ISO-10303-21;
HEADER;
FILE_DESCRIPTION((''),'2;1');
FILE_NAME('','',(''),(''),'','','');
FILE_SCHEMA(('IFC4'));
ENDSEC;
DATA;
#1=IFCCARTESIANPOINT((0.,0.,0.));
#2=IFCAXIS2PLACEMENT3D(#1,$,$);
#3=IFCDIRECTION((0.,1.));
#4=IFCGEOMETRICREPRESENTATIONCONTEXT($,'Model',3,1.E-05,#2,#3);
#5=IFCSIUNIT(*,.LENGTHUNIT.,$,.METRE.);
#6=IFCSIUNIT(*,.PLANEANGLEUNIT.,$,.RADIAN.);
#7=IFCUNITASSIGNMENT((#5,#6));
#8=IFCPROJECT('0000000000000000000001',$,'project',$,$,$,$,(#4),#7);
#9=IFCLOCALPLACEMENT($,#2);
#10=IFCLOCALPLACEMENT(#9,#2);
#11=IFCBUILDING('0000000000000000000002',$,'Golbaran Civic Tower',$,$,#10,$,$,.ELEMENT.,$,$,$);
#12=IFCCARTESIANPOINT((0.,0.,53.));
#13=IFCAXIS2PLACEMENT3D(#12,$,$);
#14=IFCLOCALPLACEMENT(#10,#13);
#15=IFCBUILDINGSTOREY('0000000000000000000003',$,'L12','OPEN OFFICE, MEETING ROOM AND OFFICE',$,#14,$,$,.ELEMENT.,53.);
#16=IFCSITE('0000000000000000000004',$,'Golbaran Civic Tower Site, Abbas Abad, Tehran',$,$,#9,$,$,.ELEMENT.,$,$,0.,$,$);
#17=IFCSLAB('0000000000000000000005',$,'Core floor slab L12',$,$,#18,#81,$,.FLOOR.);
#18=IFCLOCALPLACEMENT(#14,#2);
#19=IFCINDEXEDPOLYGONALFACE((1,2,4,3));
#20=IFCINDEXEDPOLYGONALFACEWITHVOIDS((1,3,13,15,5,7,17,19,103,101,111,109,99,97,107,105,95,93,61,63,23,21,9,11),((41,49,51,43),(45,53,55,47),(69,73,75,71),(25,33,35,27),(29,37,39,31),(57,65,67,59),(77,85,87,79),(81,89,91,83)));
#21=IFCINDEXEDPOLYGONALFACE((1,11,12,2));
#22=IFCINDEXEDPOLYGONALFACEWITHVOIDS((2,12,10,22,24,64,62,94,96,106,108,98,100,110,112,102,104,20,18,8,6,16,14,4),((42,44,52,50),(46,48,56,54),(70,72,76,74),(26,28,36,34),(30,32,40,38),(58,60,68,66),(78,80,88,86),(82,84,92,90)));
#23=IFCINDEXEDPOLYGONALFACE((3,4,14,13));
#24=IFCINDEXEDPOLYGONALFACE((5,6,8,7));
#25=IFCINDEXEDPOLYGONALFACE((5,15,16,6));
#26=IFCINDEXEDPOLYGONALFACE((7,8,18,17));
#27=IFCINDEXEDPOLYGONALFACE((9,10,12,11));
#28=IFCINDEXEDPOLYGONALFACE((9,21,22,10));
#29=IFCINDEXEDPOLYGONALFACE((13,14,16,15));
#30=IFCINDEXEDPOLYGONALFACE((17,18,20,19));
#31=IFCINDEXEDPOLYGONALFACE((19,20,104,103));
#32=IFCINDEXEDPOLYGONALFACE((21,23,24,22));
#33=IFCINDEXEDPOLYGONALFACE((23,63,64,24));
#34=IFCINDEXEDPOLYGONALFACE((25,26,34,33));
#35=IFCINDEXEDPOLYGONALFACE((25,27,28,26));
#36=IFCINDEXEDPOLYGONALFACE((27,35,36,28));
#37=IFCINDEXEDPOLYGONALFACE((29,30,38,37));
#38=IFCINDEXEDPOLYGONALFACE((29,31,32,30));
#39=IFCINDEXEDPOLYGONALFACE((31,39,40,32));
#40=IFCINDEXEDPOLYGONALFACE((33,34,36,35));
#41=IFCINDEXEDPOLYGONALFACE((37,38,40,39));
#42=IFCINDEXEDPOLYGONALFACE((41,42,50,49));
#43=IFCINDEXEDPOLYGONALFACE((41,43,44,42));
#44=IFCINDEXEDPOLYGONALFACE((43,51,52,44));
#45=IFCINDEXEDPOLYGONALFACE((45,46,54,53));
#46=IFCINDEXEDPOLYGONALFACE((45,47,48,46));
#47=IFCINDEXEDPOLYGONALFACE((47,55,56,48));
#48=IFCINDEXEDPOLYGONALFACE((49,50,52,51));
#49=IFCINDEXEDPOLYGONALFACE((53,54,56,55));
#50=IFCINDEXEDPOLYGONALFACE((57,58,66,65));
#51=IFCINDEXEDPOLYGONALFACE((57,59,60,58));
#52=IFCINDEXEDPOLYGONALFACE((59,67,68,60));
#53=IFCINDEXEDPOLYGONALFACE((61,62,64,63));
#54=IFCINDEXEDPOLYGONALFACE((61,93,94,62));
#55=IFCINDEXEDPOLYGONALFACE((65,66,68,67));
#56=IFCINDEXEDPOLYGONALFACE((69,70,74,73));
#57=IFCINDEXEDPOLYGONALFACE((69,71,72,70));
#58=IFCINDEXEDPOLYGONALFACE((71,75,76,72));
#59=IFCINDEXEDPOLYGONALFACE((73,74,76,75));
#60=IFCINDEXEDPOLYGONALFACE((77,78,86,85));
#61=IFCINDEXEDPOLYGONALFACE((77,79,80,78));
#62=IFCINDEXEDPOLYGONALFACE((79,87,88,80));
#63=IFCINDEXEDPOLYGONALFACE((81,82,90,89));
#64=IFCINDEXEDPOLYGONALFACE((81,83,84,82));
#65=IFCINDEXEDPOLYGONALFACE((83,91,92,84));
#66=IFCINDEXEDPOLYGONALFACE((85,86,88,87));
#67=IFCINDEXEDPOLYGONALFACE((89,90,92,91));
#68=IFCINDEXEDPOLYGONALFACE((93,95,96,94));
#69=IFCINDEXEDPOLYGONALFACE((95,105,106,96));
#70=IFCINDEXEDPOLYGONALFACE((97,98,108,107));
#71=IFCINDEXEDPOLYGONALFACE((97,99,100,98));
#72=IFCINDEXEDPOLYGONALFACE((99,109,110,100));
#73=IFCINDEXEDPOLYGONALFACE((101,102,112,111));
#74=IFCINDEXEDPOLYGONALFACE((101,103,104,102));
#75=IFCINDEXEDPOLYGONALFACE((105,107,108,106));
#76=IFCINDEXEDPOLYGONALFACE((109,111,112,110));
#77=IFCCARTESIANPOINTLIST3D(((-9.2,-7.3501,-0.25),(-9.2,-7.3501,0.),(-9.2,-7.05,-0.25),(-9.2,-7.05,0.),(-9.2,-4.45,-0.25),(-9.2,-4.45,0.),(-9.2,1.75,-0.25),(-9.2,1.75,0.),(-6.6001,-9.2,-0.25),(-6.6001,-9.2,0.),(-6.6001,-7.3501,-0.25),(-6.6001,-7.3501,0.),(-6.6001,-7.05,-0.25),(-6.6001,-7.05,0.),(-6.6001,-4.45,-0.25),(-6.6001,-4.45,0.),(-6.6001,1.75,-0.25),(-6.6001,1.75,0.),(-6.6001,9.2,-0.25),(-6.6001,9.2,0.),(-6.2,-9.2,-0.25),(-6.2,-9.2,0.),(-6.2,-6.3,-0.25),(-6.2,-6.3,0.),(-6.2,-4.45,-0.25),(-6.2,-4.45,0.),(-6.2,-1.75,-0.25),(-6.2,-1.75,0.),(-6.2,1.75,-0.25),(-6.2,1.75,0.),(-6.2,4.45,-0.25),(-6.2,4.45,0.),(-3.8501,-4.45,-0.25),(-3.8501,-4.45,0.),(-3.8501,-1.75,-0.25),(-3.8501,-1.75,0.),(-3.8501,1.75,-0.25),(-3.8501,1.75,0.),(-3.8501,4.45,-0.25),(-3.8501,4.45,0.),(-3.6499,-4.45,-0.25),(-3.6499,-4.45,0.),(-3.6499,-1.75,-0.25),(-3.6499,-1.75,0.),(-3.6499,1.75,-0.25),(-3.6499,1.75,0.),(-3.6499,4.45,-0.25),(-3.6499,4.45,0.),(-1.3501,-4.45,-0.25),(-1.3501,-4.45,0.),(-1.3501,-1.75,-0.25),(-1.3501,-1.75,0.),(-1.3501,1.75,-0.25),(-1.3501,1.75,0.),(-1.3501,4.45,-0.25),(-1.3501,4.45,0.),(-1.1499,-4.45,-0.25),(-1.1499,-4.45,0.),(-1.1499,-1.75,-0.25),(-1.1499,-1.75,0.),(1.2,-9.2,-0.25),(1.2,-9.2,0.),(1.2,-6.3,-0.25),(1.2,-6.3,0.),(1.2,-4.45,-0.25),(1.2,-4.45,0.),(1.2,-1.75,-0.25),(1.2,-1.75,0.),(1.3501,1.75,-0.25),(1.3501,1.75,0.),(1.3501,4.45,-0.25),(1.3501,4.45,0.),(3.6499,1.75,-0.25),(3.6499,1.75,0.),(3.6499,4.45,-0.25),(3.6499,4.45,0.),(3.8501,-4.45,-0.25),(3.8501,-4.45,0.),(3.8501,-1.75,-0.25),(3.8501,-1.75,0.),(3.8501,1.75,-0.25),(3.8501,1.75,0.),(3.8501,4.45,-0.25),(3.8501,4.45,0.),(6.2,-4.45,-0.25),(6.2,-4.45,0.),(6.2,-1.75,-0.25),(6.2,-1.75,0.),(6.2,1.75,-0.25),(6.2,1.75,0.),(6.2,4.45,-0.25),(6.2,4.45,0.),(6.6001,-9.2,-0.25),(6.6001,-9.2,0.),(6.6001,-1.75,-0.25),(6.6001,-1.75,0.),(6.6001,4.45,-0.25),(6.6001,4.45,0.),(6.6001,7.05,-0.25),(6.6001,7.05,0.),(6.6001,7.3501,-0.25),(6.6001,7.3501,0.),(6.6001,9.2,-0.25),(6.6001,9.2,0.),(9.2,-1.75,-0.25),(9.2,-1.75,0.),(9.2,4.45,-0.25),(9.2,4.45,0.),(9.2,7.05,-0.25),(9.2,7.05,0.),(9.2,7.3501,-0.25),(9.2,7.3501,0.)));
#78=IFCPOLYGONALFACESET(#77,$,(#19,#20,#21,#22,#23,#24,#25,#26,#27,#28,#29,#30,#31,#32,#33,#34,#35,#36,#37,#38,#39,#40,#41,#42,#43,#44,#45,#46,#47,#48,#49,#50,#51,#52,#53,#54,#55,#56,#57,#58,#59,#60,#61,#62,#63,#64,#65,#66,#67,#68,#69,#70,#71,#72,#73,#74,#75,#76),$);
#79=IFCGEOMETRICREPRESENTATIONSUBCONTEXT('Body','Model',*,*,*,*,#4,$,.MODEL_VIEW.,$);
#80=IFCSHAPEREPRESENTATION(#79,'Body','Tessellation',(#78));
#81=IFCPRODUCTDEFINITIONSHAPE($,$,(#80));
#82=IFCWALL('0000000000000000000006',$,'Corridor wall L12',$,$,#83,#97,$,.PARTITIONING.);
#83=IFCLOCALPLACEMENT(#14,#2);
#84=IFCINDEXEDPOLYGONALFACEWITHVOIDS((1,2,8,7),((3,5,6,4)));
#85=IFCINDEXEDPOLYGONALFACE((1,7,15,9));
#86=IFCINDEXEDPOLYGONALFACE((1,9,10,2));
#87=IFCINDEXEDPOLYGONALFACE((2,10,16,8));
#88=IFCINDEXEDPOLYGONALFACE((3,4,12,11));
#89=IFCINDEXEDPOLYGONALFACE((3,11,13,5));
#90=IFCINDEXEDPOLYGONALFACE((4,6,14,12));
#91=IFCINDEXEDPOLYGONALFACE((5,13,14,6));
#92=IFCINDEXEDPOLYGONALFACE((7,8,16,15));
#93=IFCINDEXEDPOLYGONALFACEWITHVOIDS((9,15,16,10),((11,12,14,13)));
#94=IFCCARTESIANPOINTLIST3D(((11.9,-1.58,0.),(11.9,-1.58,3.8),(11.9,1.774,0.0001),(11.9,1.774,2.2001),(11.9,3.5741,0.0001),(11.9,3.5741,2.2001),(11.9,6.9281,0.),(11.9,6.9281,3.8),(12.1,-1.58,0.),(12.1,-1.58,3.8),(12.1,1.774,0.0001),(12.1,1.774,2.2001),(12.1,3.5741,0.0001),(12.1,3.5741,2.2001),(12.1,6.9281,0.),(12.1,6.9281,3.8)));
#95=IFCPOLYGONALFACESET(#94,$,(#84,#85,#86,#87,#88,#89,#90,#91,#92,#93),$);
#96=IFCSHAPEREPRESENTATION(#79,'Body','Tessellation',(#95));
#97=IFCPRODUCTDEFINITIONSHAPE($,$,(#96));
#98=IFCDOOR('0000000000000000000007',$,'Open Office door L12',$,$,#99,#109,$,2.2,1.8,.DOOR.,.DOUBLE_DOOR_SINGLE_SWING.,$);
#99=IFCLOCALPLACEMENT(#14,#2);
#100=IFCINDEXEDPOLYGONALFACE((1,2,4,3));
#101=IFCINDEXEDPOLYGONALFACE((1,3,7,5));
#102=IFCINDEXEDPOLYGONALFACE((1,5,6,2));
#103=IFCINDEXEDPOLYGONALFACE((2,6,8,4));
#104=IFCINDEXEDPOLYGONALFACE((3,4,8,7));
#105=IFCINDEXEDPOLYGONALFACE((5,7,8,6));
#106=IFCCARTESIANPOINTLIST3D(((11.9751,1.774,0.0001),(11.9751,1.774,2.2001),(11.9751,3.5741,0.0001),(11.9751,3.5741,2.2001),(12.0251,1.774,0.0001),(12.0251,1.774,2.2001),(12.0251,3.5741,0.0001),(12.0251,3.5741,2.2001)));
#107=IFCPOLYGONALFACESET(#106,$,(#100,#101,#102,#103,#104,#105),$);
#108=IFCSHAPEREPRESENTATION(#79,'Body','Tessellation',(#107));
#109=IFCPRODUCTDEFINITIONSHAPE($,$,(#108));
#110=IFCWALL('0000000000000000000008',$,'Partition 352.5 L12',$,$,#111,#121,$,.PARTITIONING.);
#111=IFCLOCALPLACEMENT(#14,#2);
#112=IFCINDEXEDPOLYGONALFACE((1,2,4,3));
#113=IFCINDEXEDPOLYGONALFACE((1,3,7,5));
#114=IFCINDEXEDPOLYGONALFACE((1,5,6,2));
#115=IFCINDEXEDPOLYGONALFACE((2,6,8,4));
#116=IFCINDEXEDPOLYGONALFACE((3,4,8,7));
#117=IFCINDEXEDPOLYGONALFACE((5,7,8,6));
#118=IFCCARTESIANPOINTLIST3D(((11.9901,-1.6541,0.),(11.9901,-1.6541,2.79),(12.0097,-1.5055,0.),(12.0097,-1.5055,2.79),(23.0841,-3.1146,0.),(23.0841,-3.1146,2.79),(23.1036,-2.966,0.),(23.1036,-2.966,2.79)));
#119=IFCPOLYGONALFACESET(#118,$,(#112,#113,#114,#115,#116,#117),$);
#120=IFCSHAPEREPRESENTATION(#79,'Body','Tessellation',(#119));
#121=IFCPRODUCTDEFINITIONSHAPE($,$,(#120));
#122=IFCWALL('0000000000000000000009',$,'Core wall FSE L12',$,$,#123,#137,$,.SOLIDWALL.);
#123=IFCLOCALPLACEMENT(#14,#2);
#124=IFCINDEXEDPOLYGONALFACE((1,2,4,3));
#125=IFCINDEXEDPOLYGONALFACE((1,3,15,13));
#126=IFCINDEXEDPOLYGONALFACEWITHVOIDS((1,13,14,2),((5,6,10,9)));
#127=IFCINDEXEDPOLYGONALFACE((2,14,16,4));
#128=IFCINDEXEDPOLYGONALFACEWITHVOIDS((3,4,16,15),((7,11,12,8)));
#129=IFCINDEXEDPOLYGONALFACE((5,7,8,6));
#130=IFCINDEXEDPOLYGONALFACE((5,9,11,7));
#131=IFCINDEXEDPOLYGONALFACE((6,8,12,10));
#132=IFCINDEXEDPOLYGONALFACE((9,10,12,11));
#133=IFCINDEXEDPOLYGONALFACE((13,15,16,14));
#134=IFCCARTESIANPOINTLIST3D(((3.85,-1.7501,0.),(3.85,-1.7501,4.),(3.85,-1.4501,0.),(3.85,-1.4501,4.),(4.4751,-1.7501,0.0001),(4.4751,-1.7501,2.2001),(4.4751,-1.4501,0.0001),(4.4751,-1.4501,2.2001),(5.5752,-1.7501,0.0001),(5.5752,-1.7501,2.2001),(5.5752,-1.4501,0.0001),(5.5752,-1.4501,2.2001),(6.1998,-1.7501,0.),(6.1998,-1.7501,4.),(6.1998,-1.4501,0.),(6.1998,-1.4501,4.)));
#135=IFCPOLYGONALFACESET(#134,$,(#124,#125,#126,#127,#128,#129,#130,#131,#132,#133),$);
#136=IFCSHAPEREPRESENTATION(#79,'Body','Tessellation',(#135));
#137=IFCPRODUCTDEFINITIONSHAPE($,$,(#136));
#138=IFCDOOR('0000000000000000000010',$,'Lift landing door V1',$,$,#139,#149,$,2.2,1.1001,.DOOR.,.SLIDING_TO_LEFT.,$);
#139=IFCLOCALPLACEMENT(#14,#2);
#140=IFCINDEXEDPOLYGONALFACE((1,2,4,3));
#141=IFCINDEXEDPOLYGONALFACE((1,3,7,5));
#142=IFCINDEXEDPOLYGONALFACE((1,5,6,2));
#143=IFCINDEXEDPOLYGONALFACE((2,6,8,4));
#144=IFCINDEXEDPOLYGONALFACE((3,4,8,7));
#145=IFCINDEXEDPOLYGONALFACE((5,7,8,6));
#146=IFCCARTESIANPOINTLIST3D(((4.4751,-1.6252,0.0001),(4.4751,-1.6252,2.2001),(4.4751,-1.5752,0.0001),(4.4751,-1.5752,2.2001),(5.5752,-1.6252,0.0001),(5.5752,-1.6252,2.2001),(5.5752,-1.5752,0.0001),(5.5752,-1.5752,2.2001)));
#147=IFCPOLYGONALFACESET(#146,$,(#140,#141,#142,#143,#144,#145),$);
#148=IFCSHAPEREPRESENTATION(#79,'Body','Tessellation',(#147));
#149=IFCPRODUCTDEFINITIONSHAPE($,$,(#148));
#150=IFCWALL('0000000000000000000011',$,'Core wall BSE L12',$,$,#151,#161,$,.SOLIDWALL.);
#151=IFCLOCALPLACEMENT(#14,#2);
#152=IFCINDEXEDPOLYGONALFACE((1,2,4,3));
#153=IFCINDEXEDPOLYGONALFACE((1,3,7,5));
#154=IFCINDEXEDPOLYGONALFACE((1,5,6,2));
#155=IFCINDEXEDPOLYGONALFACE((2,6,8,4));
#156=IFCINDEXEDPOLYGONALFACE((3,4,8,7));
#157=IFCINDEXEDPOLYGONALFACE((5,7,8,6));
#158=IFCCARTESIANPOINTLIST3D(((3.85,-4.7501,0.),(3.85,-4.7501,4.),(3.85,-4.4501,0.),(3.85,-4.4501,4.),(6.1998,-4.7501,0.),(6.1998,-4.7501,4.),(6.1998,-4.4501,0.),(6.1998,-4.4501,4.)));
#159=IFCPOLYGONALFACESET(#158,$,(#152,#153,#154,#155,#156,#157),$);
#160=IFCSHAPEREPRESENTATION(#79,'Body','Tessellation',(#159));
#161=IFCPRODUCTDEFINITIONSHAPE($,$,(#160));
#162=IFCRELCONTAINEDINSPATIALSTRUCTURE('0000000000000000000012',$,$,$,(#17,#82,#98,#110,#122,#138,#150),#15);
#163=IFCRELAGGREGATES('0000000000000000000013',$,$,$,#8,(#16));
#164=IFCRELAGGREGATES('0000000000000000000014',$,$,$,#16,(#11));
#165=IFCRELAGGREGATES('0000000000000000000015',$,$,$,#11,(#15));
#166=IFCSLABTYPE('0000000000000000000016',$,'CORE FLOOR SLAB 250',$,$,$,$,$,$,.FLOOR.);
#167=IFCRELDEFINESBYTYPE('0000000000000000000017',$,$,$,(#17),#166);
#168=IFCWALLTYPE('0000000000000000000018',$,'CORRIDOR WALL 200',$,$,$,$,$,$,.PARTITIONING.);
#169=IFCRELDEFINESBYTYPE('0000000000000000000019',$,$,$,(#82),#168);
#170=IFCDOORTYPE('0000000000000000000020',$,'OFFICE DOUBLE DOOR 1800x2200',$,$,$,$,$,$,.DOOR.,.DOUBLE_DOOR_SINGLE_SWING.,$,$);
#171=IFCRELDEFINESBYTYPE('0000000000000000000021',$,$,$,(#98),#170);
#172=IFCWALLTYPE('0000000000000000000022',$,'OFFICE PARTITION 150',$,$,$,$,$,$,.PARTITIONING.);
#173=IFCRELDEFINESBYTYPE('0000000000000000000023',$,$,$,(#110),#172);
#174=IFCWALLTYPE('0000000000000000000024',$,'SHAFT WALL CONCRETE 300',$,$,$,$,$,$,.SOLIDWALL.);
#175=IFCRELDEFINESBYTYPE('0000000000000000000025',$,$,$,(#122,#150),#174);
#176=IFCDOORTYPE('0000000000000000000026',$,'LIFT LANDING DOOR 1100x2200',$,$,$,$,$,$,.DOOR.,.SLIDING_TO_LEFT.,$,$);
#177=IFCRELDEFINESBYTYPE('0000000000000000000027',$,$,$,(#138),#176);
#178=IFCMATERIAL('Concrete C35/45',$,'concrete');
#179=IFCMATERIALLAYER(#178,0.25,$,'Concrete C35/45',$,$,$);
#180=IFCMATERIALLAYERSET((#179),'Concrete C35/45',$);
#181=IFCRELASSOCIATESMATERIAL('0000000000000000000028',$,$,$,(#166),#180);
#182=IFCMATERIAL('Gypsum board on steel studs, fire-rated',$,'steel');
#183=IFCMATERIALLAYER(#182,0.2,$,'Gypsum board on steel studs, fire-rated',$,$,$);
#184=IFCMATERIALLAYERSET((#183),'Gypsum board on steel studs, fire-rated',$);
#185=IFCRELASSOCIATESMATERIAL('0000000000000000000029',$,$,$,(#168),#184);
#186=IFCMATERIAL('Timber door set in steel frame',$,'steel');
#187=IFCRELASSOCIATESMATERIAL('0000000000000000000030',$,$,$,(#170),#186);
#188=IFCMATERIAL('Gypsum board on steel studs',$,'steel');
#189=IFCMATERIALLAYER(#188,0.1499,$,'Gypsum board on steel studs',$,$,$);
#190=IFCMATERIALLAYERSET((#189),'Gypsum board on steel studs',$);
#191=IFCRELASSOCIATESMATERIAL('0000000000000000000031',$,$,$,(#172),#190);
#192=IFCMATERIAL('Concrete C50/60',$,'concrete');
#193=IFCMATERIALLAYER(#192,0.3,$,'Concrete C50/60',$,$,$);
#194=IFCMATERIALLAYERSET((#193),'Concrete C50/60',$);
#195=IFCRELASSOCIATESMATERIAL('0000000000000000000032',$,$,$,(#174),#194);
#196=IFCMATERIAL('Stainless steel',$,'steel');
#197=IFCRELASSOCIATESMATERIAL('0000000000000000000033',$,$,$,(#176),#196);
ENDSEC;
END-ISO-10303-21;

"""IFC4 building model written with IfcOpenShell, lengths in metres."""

from ifc_helpers import new_model, si_unit, direction, frame, frame_2d, origin, place, context, subcontext, project, spatial, polyline, rectangle, outline, extrude, material, layer, layer_set, type_object, element, fill, save


model = new_model("IFC4")

# Units and contexts
model_context = context("Model", 3, precision=1e-05, world=origin(), true_north=direction((0.0, 1.0)))
body_context = subcontext(model_context, "Body", "Model", "MODEL_VIEW")
ifc_project = project(units=[si_unit("LENGTHUNIT", "METRE"), si_unit("PLANEANGLEUNIT", "RADIAN")], contexts=[model_context])

# Site, building, storey
site_placement = place(None, origin())
site = spatial("IfcSite", under=ifc_project, at=site_placement, Name="Golbaran Civic Tower Site, Abbas Abad, Tehran", CompositionType="ELEMENT", RefElevation=0.0)
building_placement = place(site_placement, origin())
building = spatial("IfcBuilding", under=site, at=building_placement, Name="Golbaran Civic Tower", CompositionType="ELEMENT")
storey_placement = place(building_placement, frame((0.0, 0.0, 53.0)))
storey = spatial("IfcBuildingStorey", under=building, at=storey_placement, Name="L12", Description="OPEN OFFICE, MEETING ROOM AND OFFICE", CompositionType="ELEMENT", Elevation=53.0)

# Slab
ifc_material_1 = material(Name="Concrete C35/45", Category="concrete")
ifc_layer_1 = layer(ifc_material_1, 0.25, Name="Concrete C35/45")
ifc_layer_set_1 = layer_set([ifc_layer_1], Name="Concrete C35/45")
slab_type_1 = type_object("IfcSlabType", Name="CORE FLOOR SLAB 250", PredefinedType="FLOOR", material=ifc_layer_set_1)
slab_1_placement = place(storey_placement, frame((0.0, 0.0, -0.25)))
element("IfcSlab", 1, at=slab_1_placement, inside=storey, type_object=slab_type_1, Name="Core floor slab L12", PredefinedType="FLOOR", context=body_context, shape_type="SweptSolid", body=[
    extrude(outline(polyline([(6.6001, -1.75), (6.6001, -9.2), (1.2, -9.2), (1.2, -6.3), (-6.2, -6.3), (-6.2, -9.2), (-6.6001, -9.2), (-6.6001, -7.3501), (-9.2, -7.3501), (-9.2, -7.05), (-6.6001, -7.05), (-6.6001, -4.45), (-9.2, -4.45), (-9.2, 1.75), (-6.6001, 1.75), (-6.6001, 9.2), (6.6001, 9.2), (6.6001, 7.3501), (9.2, 7.3501), (9.2, 7.05), (6.6001, 7.05), (6.6001, 4.45), (9.2, 4.45), (9.2, -1.75), (6.6001, -1.75)]), holes=[polyline([(6.2, -1.75), (3.8501, -1.75), (3.8501, -4.45), (6.2, -4.45), (6.2, -1.75)]), polyline([(6.2, 4.45), (3.8501, 4.45), (3.8501, 1.75), (6.2, 1.75), (6.2, 4.45)]), polyline([(3.6499, 4.45), (1.3501, 4.45), (1.3501, 1.75), (3.6499, 1.75), (3.6499, 4.45)]), polyline([(1.2, -1.75), (-1.1499, -1.75), (-1.1499, -4.45), (1.2, -4.45), (1.2, -1.75)]), polyline([(-1.3501, 4.45), (-3.6499, 4.45), (-3.6499, 1.75), (-1.3501, 1.75), (-1.3501, 4.45)]), polyline([(-1.3501, -1.75), (-3.6499, -1.75), (-3.6499, -4.45), (-1.3501, -4.45), (-1.3501, -1.75)]), polyline([(-3.8501, -1.75), (-6.2, -1.75), (-6.2, -4.45), (-3.8501, -4.45), (-3.8501, -1.75)]), polyline([(-3.8501, 4.45), (-6.2, 4.45), (-6.2, 1.75), (-3.8501, 1.75), (-3.8501, 4.45)])]), origin(), (0.0, 0.0, 1.0), 0.25),
])

# Wall, opening, door
ifc_material_2 = material(Name="Gypsum board on steel studs, fire-rated", Category="steel")
ifc_layer_2 = layer(ifc_material_2, 0.2, Name="Gypsum board on steel studs, fire-rated")
ifc_layer_set_2 = layer_set([ifc_layer_2], Name="Gypsum board on steel studs, fire-rated")
wall_type_1 = type_object("IfcWallType", Name="CORRIDOR WALL 200", PredefinedType="PARTITIONING", material=ifc_layer_set_2)
wall_1_placement = place(storey_placement, frame((12.0, -1.5798, 0.0), z_axis=(0.0, 0.0, 1.0), x_axis=(0.0, 1.0, 0.0)))
wall_1 = element("IfcWall", 2, at=wall_1_placement, inside=storey, type_object=wall_type_1, Name="Corridor wall L12", PredefinedType="PARTITIONING", context=body_context, shape_type="SweptSolid", body=[
    extrude(rectangle(XDim=8.5081, YDim=0.2, at=frame_2d((4.2539, 0.0))), origin(), (0.0, 0.0, 1.0), 3.8),
])
opening_1_placement = place(wall_1_placement, frame((3.354, 0.0, 0.0)))
opening_1 = element("IfcOpeningElement", 3, at=opening_1_placement, cuts=wall_1, PredefinedType="OPENING", context=body_context, shape_type="SweptSolid", body=[
    extrude(rectangle(XDim=1.8, YDim=2.2, at=frame_2d((0.8999, 1.1001))), frame((0.0, 0.1099, 0.0), z_axis=(0.0, -1.0, 0.0), x_axis=(1.0, 0.0, 0.0)), (0.0, 0.0, 1.0), 0.22),
])
ifc_material_3 = material(Name="Timber door set in steel frame", Category="steel")
door_type_1 = type_object("IfcDoorType", Name="OFFICE DOUBLE DOOR 1800x2200", OperationType="DOUBLE_DOOR_SINGLE_SWING", PredefinedType="DOOR", material=ifc_material_3)
door_1_placement = place(opening_1_placement, origin())
door_1 = element("IfcDoor", 4, at=door_1_placement, inside=storey, type_object=door_type_1, Name="Open Office door L12", OperationType="DOUBLE_DOOR_SINGLE_SWING", OverallHeight=2.2, OverallWidth=1.8, PredefinedType="DOOR", context=body_context, shape_type="SweptSolid", body=[
    extrude(rectangle(XDim=1.8, YDim=2.2, at=frame_2d((0.8999, 1.1001))), frame((0.0, 0.0249, 0.0), z_axis=(0.0, -1.0, 0.0), x_axis=(1.0, 0.0, 0.0)), (0.0, 0.0, 1.0), 0.05),
])
fill(opening_1, door_1)

# Wall
ifc_material_4 = material(Name="Gypsum board on steel studs", Category="steel")
ifc_layer_3 = layer(ifc_material_4, 0.1499, Name="Gypsum board on steel studs")
ifc_layer_set_3 = layer_set([ifc_layer_3], Name="Gypsum board on steel studs")
wall_type_2 = type_object("IfcWallType", Name="OFFICE PARTITION 150", PredefinedType="PARTITIONING", material=ifc_layer_set_3)
wall_2_placement = place(storey_placement, frame((12.0, -1.5798, 0.0), z_axis=(0.0, 0.0, 1.0), x_axis=(0.991446, -0.130517, 0.0)))
element("IfcWall", 5, at=wall_2_placement, inside=storey, type_object=wall_type_2, Name="Partition 352.5 L12", PredefinedType="PARTITIONING", context=body_context, shape_type="SweptSolid", body=[
    extrude(rectangle(XDim=11.1897, YDim=0.1499, at=frame_2d((5.5947, 0.0))), origin(), (0.0, 0.0, 1.0), 2.79),
])

# Wall, opening, door
ifc_material_5 = material(Name="Concrete C50/60", Category="concrete")
ifc_layer_4 = layer(ifc_material_5, 0.3, Name="Concrete C50/60")
ifc_layer_set_4 = layer_set([ifc_layer_4], Name="Concrete C50/60")
wall_type_3 = type_object("IfcWallType", Name="SHAFT WALL CONCRETE 300", PredefinedType="SOLIDWALL", material=ifc_layer_set_4)
wall_3_placement = place(storey_placement, frame((3.8501, -1.6001, 0.0), z_axis=(0.0, 0.0, 1.0), x_axis=(1.0, 0.0, 0.0)))
wall_3 = element("IfcWall", 6, at=wall_3_placement, inside=storey, type_object=wall_type_3, Name="Core wall FSE L12", PredefinedType="SOLIDWALL", context=body_context, shape_type="SweptSolid", body=[
    extrude(rectangle(XDim=2.3499, YDim=0.3, at=frame_2d((1.1748, 0.0))), origin(), (0.0, 0.0, 1.0), 4.0),
])
opening_2_placement = place(wall_3_placement, frame((0.625, 0.0, 0.0)))
opening_2 = element("IfcOpeningElement", 7, at=opening_2_placement, cuts=wall_3, PredefinedType="OPENING", context=body_context, shape_type="SweptSolid", body=[
    extrude(rectangle(XDim=1.1001, YDim=2.2, at=frame_2d((0.55, 1.1001))), frame((0.0, 0.1599, 0.0), z_axis=(0.0, -1.0, 0.0), x_axis=(1.0, 0.0, 0.0)), (0.0, 0.0, 1.0), 0.3201),
])
ifc_material_6 = material(Name="Stainless steel", Category="steel")
door_type_2 = type_object("IfcDoorType", Name="LIFT LANDING DOOR 1100x2200", OperationType="SLIDING_TO_LEFT", PredefinedType="DOOR", material=ifc_material_6)
door_2_placement = place(opening_2_placement, origin())
door_2 = element("IfcDoor", 8, at=door_2_placement, inside=storey, type_object=door_type_2, Name="Lift landing door V1", OperationType="SLIDING_TO_LEFT", OverallHeight=2.2, OverallWidth=1.1001, PredefinedType="DOOR", context=body_context, shape_type="SweptSolid", body=[
    extrude(rectangle(XDim=1.1001, YDim=2.2, at=frame_2d((0.55, 1.1001))), frame((0.0, 0.0249, 0.0), z_axis=(0.0, -1.0, 0.0), x_axis=(1.0, 0.0, 0.0)), (0.0, 0.0, 1.0), 0.05),
])
fill(opening_2, door_2)

# Wall
wall_4_placement = place(storey_placement, frame((3.8501, -4.6001, 0.0), z_axis=(0.0, 0.0, 1.0), x_axis=(1.0, 0.0, 0.0)))
element("IfcWall", 9, at=wall_4_placement, inside=storey, type_object=wall_type_3, Name="Core wall BSE L12", PredefinedType="SOLIDWALL", context=body_context, shape_type="SweptSolid", body=[
    extrude(rectangle(XDim=2.3499, YDim=0.3, at=frame_2d((1.1748, 0.0))), origin(), (0.0, 0.0, 1.0), 4.0),
])

save(model, "model.ifc")
